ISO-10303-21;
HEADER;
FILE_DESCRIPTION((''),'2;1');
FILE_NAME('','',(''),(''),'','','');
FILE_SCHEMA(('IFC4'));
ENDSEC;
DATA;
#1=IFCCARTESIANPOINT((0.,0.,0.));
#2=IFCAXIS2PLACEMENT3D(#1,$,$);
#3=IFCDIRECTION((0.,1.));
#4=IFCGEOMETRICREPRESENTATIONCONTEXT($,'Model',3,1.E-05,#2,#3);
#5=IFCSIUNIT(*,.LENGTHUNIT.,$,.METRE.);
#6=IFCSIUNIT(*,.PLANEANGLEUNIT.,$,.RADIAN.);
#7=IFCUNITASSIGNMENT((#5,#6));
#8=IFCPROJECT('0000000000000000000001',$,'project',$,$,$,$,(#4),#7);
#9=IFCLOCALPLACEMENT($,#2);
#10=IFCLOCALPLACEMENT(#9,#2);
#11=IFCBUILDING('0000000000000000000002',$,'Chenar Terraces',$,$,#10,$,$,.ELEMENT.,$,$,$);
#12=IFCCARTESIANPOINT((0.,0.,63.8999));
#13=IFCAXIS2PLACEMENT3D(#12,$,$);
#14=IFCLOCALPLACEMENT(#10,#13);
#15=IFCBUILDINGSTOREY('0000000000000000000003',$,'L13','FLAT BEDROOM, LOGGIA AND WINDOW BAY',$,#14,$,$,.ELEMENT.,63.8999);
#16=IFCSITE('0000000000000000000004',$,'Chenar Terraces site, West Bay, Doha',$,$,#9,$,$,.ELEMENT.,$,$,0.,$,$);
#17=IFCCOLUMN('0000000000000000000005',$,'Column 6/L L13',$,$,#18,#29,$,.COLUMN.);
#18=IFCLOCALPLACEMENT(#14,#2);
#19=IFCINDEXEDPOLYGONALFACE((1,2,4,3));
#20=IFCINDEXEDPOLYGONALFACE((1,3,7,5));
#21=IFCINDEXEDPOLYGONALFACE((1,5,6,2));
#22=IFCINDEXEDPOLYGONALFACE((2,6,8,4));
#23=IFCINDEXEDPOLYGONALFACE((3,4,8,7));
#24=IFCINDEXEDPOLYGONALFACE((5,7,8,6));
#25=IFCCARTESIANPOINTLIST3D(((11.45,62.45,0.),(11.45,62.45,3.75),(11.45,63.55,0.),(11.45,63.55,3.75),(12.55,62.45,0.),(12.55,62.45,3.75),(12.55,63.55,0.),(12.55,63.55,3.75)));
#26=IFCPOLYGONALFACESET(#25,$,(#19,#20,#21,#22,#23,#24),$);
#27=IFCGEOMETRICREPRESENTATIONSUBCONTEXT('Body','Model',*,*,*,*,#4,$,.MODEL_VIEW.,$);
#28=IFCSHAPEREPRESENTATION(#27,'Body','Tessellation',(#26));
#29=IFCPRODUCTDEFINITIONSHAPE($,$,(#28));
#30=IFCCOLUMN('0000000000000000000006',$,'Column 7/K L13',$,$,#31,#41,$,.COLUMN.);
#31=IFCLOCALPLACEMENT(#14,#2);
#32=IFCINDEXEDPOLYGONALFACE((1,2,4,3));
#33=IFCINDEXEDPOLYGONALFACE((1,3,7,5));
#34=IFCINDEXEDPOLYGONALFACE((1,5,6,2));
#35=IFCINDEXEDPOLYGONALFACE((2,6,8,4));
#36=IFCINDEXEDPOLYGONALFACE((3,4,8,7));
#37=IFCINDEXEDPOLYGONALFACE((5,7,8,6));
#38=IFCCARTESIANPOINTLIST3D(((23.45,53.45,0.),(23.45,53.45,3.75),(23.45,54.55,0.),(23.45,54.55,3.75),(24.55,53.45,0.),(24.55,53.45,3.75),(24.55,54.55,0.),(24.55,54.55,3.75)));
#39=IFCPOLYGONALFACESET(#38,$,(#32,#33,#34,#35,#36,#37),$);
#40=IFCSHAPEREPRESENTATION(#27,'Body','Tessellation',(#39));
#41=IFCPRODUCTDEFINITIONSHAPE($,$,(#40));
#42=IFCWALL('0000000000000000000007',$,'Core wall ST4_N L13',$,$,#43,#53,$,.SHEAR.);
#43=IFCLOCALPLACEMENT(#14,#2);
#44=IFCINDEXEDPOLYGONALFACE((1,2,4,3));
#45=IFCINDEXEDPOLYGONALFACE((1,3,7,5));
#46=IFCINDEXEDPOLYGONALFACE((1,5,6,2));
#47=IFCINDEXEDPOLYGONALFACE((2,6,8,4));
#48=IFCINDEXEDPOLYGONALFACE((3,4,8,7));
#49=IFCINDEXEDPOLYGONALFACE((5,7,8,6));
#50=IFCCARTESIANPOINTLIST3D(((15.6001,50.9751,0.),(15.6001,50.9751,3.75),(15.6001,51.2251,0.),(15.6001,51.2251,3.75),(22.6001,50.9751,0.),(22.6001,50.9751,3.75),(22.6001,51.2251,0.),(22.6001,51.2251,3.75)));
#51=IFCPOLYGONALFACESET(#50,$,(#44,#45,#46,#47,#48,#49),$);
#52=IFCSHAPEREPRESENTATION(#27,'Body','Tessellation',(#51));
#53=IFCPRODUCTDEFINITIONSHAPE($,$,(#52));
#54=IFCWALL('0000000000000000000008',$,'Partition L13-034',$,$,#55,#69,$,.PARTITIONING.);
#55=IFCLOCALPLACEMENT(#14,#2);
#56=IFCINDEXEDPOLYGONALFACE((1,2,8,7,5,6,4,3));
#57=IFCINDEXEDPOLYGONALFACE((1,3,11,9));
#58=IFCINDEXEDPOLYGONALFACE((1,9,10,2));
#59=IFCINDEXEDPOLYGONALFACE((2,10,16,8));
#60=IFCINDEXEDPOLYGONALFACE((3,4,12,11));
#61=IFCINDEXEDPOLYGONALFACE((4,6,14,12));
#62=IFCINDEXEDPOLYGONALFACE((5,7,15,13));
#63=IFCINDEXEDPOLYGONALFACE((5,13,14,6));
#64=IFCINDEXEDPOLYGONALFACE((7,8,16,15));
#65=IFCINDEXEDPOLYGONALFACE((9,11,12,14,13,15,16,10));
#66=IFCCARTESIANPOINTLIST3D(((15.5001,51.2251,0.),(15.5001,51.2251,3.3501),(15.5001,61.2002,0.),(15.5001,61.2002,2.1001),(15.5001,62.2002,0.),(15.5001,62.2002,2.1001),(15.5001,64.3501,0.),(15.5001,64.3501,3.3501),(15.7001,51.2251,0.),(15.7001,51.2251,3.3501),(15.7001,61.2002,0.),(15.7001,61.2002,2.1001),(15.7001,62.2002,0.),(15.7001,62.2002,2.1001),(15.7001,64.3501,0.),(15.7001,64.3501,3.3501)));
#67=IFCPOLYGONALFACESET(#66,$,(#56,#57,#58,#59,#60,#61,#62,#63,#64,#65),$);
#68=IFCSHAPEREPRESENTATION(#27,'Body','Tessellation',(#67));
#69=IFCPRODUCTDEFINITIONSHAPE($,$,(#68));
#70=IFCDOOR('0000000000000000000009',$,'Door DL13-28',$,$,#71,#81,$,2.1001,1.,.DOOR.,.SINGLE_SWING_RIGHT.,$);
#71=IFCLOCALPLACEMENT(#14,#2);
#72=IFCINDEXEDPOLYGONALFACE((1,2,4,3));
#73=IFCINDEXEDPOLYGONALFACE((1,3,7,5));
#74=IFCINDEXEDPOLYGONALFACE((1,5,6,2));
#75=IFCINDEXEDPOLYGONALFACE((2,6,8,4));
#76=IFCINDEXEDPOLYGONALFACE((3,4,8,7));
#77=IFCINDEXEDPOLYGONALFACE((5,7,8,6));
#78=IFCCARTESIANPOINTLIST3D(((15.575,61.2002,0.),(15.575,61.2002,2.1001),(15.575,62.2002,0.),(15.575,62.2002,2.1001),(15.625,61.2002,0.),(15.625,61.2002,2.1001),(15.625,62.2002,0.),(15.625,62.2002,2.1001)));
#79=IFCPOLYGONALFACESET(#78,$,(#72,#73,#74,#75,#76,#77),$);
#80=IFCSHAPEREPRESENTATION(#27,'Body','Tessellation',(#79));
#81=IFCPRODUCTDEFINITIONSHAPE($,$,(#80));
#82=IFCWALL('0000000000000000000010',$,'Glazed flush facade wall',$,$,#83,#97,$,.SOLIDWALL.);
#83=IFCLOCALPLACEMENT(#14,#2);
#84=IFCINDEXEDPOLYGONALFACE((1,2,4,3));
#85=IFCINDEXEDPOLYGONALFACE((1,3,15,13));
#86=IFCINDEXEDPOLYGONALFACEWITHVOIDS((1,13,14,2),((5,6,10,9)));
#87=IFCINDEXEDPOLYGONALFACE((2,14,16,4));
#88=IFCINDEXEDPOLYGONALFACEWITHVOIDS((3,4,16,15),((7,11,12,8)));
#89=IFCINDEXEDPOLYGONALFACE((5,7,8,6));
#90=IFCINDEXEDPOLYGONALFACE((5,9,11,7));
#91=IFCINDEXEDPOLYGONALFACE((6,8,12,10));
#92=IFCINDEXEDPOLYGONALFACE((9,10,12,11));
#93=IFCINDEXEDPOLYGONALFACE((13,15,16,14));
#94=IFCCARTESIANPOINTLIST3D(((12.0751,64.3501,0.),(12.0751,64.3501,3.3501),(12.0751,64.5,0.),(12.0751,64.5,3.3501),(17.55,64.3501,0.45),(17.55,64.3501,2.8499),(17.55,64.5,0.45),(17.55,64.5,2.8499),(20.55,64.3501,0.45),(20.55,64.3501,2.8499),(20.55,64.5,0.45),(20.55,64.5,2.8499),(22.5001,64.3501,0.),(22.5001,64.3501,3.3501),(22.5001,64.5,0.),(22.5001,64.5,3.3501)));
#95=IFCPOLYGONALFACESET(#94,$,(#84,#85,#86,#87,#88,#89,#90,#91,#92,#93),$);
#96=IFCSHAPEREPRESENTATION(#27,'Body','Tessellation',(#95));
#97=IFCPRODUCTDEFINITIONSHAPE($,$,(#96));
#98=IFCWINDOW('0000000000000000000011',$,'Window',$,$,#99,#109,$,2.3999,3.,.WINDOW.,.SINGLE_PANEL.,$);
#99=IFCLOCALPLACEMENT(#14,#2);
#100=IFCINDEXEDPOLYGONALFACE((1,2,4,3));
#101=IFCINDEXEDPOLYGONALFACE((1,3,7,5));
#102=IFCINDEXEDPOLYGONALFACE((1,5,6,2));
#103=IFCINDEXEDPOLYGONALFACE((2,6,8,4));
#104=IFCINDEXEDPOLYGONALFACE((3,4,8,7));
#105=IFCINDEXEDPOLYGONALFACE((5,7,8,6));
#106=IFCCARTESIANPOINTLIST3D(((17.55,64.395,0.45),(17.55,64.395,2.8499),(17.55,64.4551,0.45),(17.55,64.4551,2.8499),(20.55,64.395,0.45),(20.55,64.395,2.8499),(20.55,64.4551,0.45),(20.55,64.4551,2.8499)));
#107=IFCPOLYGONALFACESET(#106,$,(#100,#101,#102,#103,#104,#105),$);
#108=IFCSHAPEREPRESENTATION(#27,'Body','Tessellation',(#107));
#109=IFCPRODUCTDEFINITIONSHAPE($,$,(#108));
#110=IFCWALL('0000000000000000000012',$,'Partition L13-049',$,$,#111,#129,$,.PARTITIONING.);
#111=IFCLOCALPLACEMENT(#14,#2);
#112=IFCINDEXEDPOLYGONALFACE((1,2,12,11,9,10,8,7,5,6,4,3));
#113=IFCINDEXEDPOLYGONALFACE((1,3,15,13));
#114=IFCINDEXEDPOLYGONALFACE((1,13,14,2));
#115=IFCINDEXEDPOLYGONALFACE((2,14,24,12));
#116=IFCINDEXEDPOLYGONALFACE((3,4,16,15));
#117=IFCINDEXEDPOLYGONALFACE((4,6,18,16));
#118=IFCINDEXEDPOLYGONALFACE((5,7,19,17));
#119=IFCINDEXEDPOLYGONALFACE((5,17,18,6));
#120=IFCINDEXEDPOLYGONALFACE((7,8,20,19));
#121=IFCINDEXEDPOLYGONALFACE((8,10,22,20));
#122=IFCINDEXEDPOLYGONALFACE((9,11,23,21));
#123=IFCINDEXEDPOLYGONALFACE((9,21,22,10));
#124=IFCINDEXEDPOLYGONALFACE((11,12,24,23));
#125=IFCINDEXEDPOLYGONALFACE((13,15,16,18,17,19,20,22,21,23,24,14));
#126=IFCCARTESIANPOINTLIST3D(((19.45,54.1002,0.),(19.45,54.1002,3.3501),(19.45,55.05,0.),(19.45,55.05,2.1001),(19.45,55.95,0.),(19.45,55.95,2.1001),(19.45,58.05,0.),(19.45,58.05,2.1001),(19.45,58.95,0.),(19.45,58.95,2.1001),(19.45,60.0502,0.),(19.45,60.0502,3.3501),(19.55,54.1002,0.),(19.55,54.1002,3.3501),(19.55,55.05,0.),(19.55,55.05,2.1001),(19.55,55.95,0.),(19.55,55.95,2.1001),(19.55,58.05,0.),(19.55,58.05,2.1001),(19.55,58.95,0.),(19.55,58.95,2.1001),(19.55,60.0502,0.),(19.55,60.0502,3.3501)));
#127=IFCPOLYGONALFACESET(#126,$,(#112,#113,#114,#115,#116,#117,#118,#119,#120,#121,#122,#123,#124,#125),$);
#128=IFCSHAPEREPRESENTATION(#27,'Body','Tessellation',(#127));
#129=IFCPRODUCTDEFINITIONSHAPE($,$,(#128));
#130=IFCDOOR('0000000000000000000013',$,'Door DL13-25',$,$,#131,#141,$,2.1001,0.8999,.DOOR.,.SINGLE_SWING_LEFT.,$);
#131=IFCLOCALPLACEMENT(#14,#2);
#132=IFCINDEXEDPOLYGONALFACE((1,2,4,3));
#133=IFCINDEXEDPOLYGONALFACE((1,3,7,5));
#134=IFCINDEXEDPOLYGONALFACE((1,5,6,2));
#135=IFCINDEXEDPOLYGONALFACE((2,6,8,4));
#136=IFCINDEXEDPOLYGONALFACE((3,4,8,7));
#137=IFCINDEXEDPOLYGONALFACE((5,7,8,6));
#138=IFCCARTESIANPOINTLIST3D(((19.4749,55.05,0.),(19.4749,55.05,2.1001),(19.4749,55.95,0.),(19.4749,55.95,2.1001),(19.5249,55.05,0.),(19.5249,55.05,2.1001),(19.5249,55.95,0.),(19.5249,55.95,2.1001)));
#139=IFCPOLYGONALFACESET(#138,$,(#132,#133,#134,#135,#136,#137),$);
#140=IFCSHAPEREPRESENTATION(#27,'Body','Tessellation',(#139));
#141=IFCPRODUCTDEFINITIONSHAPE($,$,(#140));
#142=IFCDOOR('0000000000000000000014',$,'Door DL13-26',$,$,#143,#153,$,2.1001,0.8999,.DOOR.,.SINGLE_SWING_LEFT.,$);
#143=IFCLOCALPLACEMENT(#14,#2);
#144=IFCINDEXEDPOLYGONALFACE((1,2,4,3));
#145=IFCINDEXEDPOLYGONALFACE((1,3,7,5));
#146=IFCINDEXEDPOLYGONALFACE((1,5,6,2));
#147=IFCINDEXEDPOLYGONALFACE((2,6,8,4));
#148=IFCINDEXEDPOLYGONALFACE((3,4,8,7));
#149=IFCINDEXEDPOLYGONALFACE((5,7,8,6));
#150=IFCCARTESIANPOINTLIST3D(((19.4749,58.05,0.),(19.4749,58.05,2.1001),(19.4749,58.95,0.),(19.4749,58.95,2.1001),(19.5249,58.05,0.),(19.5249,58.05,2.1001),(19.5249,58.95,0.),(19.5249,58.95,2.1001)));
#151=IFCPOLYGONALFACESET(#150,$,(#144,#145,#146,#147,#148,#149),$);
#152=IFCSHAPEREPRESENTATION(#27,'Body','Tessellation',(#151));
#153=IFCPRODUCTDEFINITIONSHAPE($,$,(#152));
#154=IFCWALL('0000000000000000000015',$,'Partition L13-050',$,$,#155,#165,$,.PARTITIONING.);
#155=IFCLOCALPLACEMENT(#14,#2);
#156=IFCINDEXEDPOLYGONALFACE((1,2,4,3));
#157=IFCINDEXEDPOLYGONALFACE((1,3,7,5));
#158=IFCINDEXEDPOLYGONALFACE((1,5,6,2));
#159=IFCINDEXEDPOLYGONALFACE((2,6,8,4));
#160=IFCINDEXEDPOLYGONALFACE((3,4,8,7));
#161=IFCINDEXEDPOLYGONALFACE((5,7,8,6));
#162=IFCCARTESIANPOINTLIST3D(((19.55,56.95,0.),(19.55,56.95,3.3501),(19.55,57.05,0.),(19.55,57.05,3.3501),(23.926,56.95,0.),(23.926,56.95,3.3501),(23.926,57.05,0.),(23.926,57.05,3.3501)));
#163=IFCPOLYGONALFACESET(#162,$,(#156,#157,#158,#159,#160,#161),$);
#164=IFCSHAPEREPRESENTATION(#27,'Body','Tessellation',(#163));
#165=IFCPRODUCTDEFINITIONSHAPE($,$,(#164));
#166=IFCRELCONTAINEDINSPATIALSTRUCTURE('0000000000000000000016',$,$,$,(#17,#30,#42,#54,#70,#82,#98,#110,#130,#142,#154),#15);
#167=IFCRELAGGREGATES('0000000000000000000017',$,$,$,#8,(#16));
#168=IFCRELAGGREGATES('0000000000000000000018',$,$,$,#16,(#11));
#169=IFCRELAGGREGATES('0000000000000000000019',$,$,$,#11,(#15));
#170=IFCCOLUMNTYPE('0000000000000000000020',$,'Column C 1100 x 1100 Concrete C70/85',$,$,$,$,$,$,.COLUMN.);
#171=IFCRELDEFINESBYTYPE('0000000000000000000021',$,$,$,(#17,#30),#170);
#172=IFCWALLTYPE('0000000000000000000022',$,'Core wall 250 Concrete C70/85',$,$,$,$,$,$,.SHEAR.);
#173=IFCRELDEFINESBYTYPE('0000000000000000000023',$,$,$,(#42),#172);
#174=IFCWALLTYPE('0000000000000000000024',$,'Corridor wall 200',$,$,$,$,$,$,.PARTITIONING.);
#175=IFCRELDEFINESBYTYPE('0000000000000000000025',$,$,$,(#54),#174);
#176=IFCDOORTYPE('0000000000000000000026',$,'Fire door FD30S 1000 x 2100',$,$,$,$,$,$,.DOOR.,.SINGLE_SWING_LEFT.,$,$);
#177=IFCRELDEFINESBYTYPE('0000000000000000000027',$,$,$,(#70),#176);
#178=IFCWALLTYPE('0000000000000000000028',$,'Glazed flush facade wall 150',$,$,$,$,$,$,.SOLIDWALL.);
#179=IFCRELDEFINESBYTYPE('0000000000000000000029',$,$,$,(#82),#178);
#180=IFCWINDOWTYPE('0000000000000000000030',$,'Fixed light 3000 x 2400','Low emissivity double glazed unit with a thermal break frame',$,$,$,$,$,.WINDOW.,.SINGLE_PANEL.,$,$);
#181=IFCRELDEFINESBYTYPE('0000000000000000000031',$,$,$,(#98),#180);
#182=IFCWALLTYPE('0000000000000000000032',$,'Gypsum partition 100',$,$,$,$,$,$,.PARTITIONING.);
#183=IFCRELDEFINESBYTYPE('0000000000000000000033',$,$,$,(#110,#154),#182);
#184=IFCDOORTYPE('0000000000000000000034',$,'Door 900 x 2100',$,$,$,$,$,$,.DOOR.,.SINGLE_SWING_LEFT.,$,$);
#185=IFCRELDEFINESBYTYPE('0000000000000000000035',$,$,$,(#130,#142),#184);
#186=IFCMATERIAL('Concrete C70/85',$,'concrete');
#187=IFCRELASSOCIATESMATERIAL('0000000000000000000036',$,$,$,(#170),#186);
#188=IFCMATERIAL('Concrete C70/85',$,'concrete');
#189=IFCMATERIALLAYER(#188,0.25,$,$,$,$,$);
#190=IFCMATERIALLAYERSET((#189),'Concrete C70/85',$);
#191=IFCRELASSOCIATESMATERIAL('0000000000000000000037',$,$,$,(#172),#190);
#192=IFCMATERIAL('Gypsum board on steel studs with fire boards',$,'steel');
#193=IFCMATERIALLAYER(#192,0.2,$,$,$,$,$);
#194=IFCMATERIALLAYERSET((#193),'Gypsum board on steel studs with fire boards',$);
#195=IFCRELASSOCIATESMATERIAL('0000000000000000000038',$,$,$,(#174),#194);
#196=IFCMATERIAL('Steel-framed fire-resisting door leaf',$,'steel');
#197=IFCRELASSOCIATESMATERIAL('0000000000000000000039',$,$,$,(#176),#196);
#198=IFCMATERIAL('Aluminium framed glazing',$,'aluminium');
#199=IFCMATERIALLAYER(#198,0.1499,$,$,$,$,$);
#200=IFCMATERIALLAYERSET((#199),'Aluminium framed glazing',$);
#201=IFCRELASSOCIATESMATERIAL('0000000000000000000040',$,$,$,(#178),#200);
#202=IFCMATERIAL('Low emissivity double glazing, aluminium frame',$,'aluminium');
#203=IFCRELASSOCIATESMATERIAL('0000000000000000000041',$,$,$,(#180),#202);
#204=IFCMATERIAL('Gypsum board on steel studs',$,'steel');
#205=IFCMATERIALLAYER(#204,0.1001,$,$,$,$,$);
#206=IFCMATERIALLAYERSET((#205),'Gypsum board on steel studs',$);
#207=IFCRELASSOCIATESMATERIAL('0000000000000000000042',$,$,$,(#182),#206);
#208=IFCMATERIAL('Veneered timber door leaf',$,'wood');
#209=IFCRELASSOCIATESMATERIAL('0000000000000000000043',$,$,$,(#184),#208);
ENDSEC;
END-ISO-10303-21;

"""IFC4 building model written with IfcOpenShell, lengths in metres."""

from ifc_helpers import new_model, si_unit, direction, frame, frame_2d, origin, origin_2d, place, context, subcontext, project, spatial, rectangle, extrude, material, layer, layer_set, material_profile, profile_set, type_object, element, fill, save


model = new_model("IFC4")

# Units and contexts
model_context = context("Model", 3, precision=1e-05, world=origin(), true_north=direction((0.0, 1.0)))
body_context = subcontext(model_context, "Body", "Model", "MODEL_VIEW")
ifc_project = project(units=[si_unit("LENGTHUNIT", "METRE"), si_unit("PLANEANGLEUNIT", "RADIAN")], contexts=[model_context])

# Site, building, storey
site_placement = place(None, origin())
site = spatial("IfcSite", under=ifc_project, at=site_placement, Name="Chenar Terraces site, West Bay, Doha", CompositionType="ELEMENT", RefElevation=0.0)
building_placement = place(site_placement, origin())
building = spatial("IfcBuilding", under=site, at=building_placement, Name="Chenar Terraces", CompositionType="ELEMENT")
storey_placement = place(building_placement, frame((0.0, 0.0, 63.8999)))
storey = spatial("IfcBuildingStorey", under=building, at=storey_placement, Name="L13", Description="FLAT BEDROOM, LOGGIA AND WINDOW BAY", CompositionType="ELEMENT", Elevation=63.8999)

# Columns
ifc_material_1 = material(Name="Concrete C70/85", Category="concrete")
ifc_material_profile_1 = material_profile(ifc_material_1, rectangle(XDim=1.1001, YDim=1.1001, at=origin_2d()), Name="C 1100 x 1100")
ifc_profile_set_1 = profile_set([ifc_material_profile_1], Name="Concrete C70/85")
column_type = type_object("IfcColumnType", Name="Column C 1100 x 1100 Concrete C70/85", PredefinedType="COLUMN", material=ifc_profile_set_1)
for number, where, z_axis, x_axis, name in (
    (1, (12.0, 63.0, 0.0), (0.0, 0.0, 1.0), (1.0, 0.0, 0.0), "Column 6/L L13"),
    (2, (24.0, 54.0, 0.0), (0.0, 0.0, 1.0), (1.0, 0.0, 0.0), "Column 7/K L13"),
):
    element("IfcColumn", number, at=place(storey_placement, frame(where, z_axis=z_axis, x_axis=x_axis)), inside=storey, type_object=column_type, Name=name, PredefinedType="COLUMN", context=body_context, shape_type="SweptSolid", body=[
        extrude(rectangle(XDim=1.1001, YDim=1.1001, at=origin_2d()), origin(), (0.0, 0.0, 1.0), 3.75),
    ])

# Wall
ifc_material_2 = material(Name="Concrete C70/85", Category="concrete")
ifc_layer_1 = layer(ifc_material_2, 0.25)
ifc_layer_set_1 = layer_set([ifc_layer_1], Name="Concrete C70/85")
wall_type_1 = type_object("IfcWallType", Name="Core wall 250 Concrete C70/85", PredefinedType="SHEAR", material=ifc_layer_set_1)
wall_1_placement = place(storey_placement, frame((15.6001, 51.1001, 0.0), z_axis=(0.0, 0.0, 1.0), x_axis=(1.0, 0.0, 0.0)))
element("IfcWall", 3, at=wall_1_placement, inside=storey, type_object=wall_type_1, Name="Core wall ST4_N L13", PredefinedType="SHEAR", context=body_context, shape_type="SweptSolid", body=[
    extrude(rectangle(XDim=7.0, YDim=0.25, at=frame_2d((3.5, 0.0))), origin(), (0.0, 0.0, 1.0), 3.75),
])

# Wall, opening, door
ifc_material_3 = material(Name="Gypsum board on steel studs with fire boards", Category="steel")
ifc_layer_2 = layer(ifc_material_3, 0.2)
ifc_layer_set_2 = layer_set([ifc_layer_2], Name="Gypsum board on steel studs with fire boards")
wall_type_2 = type_object("IfcWallType", Name="Corridor wall 200", PredefinedType="PARTITIONING", material=ifc_layer_set_2)
wall_2_placement = place(storey_placement, frame((15.6001, 51.2251, 0.0), z_axis=(0.0, 0.0, 1.0), x_axis=(0.0, 1.0, 0.0)))
wall_2 = element("IfcWall", 4, at=wall_2_placement, inside=storey, type_object=wall_type_2, Name="Partition L13-034", PredefinedType="PARTITIONING", context=body_context, shape_type="SweptSolid", body=[
    extrude(rectangle(XDim=13.125, YDim=0.2, at=frame_2d((6.5625, 0.0))), origin(), (0.0, 0.0, 1.0), 3.3501),
])
opening_1_placement = place(wall_2_placement, frame((9.9751, 0.0, 0.0)))
opening_1 = element("IfcOpeningElement", 5, at=opening_1_placement, cuts=wall_2, PredefinedType="OPENING", context=body_context, shape_type="SweptSolid", body=[
    extrude(rectangle(XDim=1.0, YDim=2.1001, at=frame_2d((0.5, 1.05))), frame((0.0, 0.1099, 0.0), z_axis=(0.0, -1.0, 0.0), x_axis=(1.0, 0.0, 0.0)), (0.0, 0.0, 1.0), 0.22),
])
ifc_material_4 = material(Name="Steel-framed fire-resisting door leaf", Category="steel")
door_type_1 = type_object("IfcDoorType", Name="Fire door FD30S 1000 x 2100", OperationType="SINGLE_SWING_LEFT", PredefinedType="DOOR", material=ifc_material_4)
door_1_placement = place(opening_1_placement, frame((1.0, 0.0, 0.0), z_axis=(0.0, 0.0, 1.0), x_axis=(-1.0, 0.0, 0.0)))
door_1 = element("IfcDoor", 6, at=door_1_placement, inside=storey, type_object=door_type_1, Name="Door DL13-28", OperationType="SINGLE_SWING_RIGHT", OverallHeight=2.1001, OverallWidth=1.0, PredefinedType="DOOR", context=body_context, shape_type="SweptSolid", body=[
    extrude(rectangle(XDim=1.0, YDim=2.1001, at=frame_2d((0.5, 1.05))), frame((0.0, 0.0249, 0.0), z_axis=(0.0, -1.0, 0.0), x_axis=(1.0, 0.0, 0.0)), (0.0, 0.0, 1.0), 0.05),
])
fill(opening_1, door_1)

# Wall, opening, window
ifc_material_5 = material(Name="Aluminium framed glazing", Category="aluminium")
ifc_layer_3 = layer(ifc_material_5, 0.1499)
ifc_layer_set_3 = layer_set([ifc_layer_3], Name="Aluminium framed glazing")
wall_type_3 = type_object("IfcWallType", Name="Glazed flush facade wall 150", PredefinedType="SOLIDWALL", material=ifc_layer_set_3)
wall_3_placement = place(storey_placement, frame((22.5, 64.425, 0.0), z_axis=(0.0, 0.0, 1.0), x_axis=(-1.0, 0.0, 0.0)))
wall_3 = element("IfcWall", 7, at=wall_3_placement, inside=storey, type_object=wall_type_3, Name="Glazed flush facade wall", PredefinedType="SOLIDWALL", context=body_context, shape_type="SweptSolid", body=[
    extrude(rectangle(XDim=10.425, YDim=0.1499, at=frame_2d((5.2124, 0.0))), origin(), (0.0, 0.0, 1.0), 3.3501),
])
opening_2_placement = place(wall_3_placement, frame((1.95, 0.0, 0.45)))
opening_2 = element("IfcOpeningElement", 8, at=opening_2_placement, cuts=wall_3, PredefinedType="OPENING", context=body_context, shape_type="SweptSolid", body=[
    extrude(rectangle(XDim=3.0, YDim=2.3999, at=frame_2d((1.5, 1.2))), frame((0.0, 0.085, 0.0), z_axis=(0.0, -1.0, 0.0), x_axis=(1.0, 0.0, 0.0)), (0.0, 0.0, 1.0), 0.1699),
])
ifc_material_6 = material(Name="Low emissivity double glazing, aluminium frame", Category="aluminium")
window_type = type_object("IfcWindowType", Name="Fixed light 3000 x 2400", Description="Low emissivity double glazed unit with a thermal break frame", PartitioningType="SINGLE_PANEL", PredefinedType="WINDOW", material=ifc_material_6)
window_placement = place(opening_2_placement, origin())
window = element("IfcWindow", 9, at=window_placement, inside=storey, type_object=window_type, Name="Window", OverallHeight=2.3999, OverallWidth=3.0, PartitioningType="SINGLE_PANEL", PredefinedType="WINDOW", context=body_context, shape_type="SweptSolid", body=[
    extrude(rectangle(XDim=3.0, YDim=2.3999, at=frame_2d((1.5, 1.2))), frame((0.0, 0.03, 0.0), z_axis=(0.0, -1.0, 0.0), x_axis=(1.0, 0.0, 0.0)), (0.0, 0.0, 1.0), 0.0601),
])
fill(opening_2, window)

# Wall, openings, doors
ifc_material_7 = material(Name="Gypsum board on steel studs", Category="steel")
ifc_layer_4 = layer(ifc_material_7, 0.1001)
ifc_layer_set_4 = layer_set([ifc_layer_4], Name="Gypsum board on steel studs")
wall_type_4 = type_object("IfcWallType", Name="Gypsum partition 100", PredefinedType="PARTITIONING", material=ifc_layer_set_4)
wall_4_placement = place(storey_placement, frame((19.5, 54.1001, 0.0), z_axis=(0.0, 0.0, 1.0), x_axis=(0.0, 1.0, 0.0)))
wall_4 = element("IfcWall", 10, at=wall_4_placement, inside=storey, type_object=wall_type_4, Name="Partition L13-049", PredefinedType="PARTITIONING", context=body_context, shape_type="SweptSolid", body=[
    extrude(rectangle(XDim=5.95, YDim=0.1001, at=frame_2d((2.9751, 0.0))), origin(), (0.0, 0.0, 1.0), 3.3501),
])
opening_3_placement = place(wall_4_placement, frame((0.95, 0.0, 0.0)))
opening_3 = element("IfcOpeningElement", 11, at=opening_3_placement, cuts=wall_4, PredefinedType="OPENING", context=body_context, shape_type="SweptSolid", body=[
    extrude(rectangle(XDim=0.8999, YDim=2.1001, at=frame_2d((0.45, 1.05))), frame((0.0, 0.0601, 0.0), z_axis=(0.0, -1.0, 0.0), x_axis=(1.0, 0.0, 0.0)), (0.0, 0.0, 1.0), 0.1201),
])
opening_4_placement = place(wall_4_placement, frame((3.95, 0.0, 0.0)))
opening_4 = element("IfcOpeningElement", 12, at=opening_4_placement, cuts=wall_4, PredefinedType="OPENING", context=body_context, shape_type="SweptSolid", body=[
    extrude(rectangle(XDim=0.8999, YDim=2.1001, at=frame_2d((0.45, 1.05))), frame((0.0, 0.0601, 0.0), z_axis=(0.0, -1.0, 0.0), x_axis=(1.0, 0.0, 0.0)), (0.0, 0.0, 1.0), 0.1201),
])
ifc_material_8 = material(Name="Veneered timber door leaf", Category="wood")
door_type_2 = type_object("IfcDoorType", Name="Door 900 x 2100", OperationType="SINGLE_SWING_LEFT", PredefinedType="DOOR", material=ifc_material_8)
door_2_placement = place(opening_3_placement, frame((0.8999, 0.0, 0.0), z_axis=(0.0, 0.0, 1.0), x_axis=(-1.0, 0.0, 0.0)))
door_2 = element("IfcDoor", 13, at=door_2_placement, inside=storey, type_object=door_type_2, Name="Door DL13-25", OperationType="SINGLE_SWING_LEFT", OverallHeight=2.1001, OverallWidth=0.8999, PredefinedType="DOOR", context=body_context, shape_type="SweptSolid", body=[
    extrude(rectangle(XDim=0.8999, YDim=2.1001, at=frame_2d((0.45, 1.05))), frame((0.0, 0.0249, 0.0), z_axis=(0.0, -1.0, 0.0), x_axis=(1.0, 0.0, 0.0)), (0.0, 0.0, 1.0), 0.05),
])
fill(opening_3, door_2)
door_3_placement = place(opening_4_placement, frame((0.8999, 0.0, 0.0), z_axis=(0.0, 0.0, 1.0), x_axis=(-1.0, 0.0, 0.0)))
door_3 = element("IfcDoor", 14, at=door_3_placement, inside=storey, type_object=door_type_2, Name="Door DL13-26", OperationType="SINGLE_SWING_LEFT", OverallHeight=2.1001, OverallWidth=0.8999, PredefinedType="DOOR", context=body_context, shape_type="SweptSolid", body=[
    extrude(rectangle(XDim=0.8999, YDim=2.1001, at=frame_2d((0.45, 1.05))), frame((0.0, 0.0249, 0.0), z_axis=(0.0, -1.0, 0.0), x_axis=(1.0, 0.0, 0.0)), (0.0, 0.0, 1.0), 0.05),
])
fill(opening_4, door_3)

# Wall
for number, where, z_axis, x_axis, name in (
    (15, (19.55, 57.0, 0.0), (0.0, 0.0, 1.0), (1.0, 0.0, 0.0), "Partition L13-050"),
):
    element("IfcWall", number, at=place(storey_placement, frame(where, z_axis=z_axis, x_axis=x_axis)), inside=storey, type_object=wall_type_4, Name=name, PredefinedType="PARTITIONING", context=body_context, shape_type="SweptSolid", body=[
        extrude(rectangle(XDim=4.376, YDim=0.1001, at=frame_2d((2.188, 0.0))), origin(), (0.0, 0.0, 1.0), 3.3501),
    ])

save(model, "model.ifc")
